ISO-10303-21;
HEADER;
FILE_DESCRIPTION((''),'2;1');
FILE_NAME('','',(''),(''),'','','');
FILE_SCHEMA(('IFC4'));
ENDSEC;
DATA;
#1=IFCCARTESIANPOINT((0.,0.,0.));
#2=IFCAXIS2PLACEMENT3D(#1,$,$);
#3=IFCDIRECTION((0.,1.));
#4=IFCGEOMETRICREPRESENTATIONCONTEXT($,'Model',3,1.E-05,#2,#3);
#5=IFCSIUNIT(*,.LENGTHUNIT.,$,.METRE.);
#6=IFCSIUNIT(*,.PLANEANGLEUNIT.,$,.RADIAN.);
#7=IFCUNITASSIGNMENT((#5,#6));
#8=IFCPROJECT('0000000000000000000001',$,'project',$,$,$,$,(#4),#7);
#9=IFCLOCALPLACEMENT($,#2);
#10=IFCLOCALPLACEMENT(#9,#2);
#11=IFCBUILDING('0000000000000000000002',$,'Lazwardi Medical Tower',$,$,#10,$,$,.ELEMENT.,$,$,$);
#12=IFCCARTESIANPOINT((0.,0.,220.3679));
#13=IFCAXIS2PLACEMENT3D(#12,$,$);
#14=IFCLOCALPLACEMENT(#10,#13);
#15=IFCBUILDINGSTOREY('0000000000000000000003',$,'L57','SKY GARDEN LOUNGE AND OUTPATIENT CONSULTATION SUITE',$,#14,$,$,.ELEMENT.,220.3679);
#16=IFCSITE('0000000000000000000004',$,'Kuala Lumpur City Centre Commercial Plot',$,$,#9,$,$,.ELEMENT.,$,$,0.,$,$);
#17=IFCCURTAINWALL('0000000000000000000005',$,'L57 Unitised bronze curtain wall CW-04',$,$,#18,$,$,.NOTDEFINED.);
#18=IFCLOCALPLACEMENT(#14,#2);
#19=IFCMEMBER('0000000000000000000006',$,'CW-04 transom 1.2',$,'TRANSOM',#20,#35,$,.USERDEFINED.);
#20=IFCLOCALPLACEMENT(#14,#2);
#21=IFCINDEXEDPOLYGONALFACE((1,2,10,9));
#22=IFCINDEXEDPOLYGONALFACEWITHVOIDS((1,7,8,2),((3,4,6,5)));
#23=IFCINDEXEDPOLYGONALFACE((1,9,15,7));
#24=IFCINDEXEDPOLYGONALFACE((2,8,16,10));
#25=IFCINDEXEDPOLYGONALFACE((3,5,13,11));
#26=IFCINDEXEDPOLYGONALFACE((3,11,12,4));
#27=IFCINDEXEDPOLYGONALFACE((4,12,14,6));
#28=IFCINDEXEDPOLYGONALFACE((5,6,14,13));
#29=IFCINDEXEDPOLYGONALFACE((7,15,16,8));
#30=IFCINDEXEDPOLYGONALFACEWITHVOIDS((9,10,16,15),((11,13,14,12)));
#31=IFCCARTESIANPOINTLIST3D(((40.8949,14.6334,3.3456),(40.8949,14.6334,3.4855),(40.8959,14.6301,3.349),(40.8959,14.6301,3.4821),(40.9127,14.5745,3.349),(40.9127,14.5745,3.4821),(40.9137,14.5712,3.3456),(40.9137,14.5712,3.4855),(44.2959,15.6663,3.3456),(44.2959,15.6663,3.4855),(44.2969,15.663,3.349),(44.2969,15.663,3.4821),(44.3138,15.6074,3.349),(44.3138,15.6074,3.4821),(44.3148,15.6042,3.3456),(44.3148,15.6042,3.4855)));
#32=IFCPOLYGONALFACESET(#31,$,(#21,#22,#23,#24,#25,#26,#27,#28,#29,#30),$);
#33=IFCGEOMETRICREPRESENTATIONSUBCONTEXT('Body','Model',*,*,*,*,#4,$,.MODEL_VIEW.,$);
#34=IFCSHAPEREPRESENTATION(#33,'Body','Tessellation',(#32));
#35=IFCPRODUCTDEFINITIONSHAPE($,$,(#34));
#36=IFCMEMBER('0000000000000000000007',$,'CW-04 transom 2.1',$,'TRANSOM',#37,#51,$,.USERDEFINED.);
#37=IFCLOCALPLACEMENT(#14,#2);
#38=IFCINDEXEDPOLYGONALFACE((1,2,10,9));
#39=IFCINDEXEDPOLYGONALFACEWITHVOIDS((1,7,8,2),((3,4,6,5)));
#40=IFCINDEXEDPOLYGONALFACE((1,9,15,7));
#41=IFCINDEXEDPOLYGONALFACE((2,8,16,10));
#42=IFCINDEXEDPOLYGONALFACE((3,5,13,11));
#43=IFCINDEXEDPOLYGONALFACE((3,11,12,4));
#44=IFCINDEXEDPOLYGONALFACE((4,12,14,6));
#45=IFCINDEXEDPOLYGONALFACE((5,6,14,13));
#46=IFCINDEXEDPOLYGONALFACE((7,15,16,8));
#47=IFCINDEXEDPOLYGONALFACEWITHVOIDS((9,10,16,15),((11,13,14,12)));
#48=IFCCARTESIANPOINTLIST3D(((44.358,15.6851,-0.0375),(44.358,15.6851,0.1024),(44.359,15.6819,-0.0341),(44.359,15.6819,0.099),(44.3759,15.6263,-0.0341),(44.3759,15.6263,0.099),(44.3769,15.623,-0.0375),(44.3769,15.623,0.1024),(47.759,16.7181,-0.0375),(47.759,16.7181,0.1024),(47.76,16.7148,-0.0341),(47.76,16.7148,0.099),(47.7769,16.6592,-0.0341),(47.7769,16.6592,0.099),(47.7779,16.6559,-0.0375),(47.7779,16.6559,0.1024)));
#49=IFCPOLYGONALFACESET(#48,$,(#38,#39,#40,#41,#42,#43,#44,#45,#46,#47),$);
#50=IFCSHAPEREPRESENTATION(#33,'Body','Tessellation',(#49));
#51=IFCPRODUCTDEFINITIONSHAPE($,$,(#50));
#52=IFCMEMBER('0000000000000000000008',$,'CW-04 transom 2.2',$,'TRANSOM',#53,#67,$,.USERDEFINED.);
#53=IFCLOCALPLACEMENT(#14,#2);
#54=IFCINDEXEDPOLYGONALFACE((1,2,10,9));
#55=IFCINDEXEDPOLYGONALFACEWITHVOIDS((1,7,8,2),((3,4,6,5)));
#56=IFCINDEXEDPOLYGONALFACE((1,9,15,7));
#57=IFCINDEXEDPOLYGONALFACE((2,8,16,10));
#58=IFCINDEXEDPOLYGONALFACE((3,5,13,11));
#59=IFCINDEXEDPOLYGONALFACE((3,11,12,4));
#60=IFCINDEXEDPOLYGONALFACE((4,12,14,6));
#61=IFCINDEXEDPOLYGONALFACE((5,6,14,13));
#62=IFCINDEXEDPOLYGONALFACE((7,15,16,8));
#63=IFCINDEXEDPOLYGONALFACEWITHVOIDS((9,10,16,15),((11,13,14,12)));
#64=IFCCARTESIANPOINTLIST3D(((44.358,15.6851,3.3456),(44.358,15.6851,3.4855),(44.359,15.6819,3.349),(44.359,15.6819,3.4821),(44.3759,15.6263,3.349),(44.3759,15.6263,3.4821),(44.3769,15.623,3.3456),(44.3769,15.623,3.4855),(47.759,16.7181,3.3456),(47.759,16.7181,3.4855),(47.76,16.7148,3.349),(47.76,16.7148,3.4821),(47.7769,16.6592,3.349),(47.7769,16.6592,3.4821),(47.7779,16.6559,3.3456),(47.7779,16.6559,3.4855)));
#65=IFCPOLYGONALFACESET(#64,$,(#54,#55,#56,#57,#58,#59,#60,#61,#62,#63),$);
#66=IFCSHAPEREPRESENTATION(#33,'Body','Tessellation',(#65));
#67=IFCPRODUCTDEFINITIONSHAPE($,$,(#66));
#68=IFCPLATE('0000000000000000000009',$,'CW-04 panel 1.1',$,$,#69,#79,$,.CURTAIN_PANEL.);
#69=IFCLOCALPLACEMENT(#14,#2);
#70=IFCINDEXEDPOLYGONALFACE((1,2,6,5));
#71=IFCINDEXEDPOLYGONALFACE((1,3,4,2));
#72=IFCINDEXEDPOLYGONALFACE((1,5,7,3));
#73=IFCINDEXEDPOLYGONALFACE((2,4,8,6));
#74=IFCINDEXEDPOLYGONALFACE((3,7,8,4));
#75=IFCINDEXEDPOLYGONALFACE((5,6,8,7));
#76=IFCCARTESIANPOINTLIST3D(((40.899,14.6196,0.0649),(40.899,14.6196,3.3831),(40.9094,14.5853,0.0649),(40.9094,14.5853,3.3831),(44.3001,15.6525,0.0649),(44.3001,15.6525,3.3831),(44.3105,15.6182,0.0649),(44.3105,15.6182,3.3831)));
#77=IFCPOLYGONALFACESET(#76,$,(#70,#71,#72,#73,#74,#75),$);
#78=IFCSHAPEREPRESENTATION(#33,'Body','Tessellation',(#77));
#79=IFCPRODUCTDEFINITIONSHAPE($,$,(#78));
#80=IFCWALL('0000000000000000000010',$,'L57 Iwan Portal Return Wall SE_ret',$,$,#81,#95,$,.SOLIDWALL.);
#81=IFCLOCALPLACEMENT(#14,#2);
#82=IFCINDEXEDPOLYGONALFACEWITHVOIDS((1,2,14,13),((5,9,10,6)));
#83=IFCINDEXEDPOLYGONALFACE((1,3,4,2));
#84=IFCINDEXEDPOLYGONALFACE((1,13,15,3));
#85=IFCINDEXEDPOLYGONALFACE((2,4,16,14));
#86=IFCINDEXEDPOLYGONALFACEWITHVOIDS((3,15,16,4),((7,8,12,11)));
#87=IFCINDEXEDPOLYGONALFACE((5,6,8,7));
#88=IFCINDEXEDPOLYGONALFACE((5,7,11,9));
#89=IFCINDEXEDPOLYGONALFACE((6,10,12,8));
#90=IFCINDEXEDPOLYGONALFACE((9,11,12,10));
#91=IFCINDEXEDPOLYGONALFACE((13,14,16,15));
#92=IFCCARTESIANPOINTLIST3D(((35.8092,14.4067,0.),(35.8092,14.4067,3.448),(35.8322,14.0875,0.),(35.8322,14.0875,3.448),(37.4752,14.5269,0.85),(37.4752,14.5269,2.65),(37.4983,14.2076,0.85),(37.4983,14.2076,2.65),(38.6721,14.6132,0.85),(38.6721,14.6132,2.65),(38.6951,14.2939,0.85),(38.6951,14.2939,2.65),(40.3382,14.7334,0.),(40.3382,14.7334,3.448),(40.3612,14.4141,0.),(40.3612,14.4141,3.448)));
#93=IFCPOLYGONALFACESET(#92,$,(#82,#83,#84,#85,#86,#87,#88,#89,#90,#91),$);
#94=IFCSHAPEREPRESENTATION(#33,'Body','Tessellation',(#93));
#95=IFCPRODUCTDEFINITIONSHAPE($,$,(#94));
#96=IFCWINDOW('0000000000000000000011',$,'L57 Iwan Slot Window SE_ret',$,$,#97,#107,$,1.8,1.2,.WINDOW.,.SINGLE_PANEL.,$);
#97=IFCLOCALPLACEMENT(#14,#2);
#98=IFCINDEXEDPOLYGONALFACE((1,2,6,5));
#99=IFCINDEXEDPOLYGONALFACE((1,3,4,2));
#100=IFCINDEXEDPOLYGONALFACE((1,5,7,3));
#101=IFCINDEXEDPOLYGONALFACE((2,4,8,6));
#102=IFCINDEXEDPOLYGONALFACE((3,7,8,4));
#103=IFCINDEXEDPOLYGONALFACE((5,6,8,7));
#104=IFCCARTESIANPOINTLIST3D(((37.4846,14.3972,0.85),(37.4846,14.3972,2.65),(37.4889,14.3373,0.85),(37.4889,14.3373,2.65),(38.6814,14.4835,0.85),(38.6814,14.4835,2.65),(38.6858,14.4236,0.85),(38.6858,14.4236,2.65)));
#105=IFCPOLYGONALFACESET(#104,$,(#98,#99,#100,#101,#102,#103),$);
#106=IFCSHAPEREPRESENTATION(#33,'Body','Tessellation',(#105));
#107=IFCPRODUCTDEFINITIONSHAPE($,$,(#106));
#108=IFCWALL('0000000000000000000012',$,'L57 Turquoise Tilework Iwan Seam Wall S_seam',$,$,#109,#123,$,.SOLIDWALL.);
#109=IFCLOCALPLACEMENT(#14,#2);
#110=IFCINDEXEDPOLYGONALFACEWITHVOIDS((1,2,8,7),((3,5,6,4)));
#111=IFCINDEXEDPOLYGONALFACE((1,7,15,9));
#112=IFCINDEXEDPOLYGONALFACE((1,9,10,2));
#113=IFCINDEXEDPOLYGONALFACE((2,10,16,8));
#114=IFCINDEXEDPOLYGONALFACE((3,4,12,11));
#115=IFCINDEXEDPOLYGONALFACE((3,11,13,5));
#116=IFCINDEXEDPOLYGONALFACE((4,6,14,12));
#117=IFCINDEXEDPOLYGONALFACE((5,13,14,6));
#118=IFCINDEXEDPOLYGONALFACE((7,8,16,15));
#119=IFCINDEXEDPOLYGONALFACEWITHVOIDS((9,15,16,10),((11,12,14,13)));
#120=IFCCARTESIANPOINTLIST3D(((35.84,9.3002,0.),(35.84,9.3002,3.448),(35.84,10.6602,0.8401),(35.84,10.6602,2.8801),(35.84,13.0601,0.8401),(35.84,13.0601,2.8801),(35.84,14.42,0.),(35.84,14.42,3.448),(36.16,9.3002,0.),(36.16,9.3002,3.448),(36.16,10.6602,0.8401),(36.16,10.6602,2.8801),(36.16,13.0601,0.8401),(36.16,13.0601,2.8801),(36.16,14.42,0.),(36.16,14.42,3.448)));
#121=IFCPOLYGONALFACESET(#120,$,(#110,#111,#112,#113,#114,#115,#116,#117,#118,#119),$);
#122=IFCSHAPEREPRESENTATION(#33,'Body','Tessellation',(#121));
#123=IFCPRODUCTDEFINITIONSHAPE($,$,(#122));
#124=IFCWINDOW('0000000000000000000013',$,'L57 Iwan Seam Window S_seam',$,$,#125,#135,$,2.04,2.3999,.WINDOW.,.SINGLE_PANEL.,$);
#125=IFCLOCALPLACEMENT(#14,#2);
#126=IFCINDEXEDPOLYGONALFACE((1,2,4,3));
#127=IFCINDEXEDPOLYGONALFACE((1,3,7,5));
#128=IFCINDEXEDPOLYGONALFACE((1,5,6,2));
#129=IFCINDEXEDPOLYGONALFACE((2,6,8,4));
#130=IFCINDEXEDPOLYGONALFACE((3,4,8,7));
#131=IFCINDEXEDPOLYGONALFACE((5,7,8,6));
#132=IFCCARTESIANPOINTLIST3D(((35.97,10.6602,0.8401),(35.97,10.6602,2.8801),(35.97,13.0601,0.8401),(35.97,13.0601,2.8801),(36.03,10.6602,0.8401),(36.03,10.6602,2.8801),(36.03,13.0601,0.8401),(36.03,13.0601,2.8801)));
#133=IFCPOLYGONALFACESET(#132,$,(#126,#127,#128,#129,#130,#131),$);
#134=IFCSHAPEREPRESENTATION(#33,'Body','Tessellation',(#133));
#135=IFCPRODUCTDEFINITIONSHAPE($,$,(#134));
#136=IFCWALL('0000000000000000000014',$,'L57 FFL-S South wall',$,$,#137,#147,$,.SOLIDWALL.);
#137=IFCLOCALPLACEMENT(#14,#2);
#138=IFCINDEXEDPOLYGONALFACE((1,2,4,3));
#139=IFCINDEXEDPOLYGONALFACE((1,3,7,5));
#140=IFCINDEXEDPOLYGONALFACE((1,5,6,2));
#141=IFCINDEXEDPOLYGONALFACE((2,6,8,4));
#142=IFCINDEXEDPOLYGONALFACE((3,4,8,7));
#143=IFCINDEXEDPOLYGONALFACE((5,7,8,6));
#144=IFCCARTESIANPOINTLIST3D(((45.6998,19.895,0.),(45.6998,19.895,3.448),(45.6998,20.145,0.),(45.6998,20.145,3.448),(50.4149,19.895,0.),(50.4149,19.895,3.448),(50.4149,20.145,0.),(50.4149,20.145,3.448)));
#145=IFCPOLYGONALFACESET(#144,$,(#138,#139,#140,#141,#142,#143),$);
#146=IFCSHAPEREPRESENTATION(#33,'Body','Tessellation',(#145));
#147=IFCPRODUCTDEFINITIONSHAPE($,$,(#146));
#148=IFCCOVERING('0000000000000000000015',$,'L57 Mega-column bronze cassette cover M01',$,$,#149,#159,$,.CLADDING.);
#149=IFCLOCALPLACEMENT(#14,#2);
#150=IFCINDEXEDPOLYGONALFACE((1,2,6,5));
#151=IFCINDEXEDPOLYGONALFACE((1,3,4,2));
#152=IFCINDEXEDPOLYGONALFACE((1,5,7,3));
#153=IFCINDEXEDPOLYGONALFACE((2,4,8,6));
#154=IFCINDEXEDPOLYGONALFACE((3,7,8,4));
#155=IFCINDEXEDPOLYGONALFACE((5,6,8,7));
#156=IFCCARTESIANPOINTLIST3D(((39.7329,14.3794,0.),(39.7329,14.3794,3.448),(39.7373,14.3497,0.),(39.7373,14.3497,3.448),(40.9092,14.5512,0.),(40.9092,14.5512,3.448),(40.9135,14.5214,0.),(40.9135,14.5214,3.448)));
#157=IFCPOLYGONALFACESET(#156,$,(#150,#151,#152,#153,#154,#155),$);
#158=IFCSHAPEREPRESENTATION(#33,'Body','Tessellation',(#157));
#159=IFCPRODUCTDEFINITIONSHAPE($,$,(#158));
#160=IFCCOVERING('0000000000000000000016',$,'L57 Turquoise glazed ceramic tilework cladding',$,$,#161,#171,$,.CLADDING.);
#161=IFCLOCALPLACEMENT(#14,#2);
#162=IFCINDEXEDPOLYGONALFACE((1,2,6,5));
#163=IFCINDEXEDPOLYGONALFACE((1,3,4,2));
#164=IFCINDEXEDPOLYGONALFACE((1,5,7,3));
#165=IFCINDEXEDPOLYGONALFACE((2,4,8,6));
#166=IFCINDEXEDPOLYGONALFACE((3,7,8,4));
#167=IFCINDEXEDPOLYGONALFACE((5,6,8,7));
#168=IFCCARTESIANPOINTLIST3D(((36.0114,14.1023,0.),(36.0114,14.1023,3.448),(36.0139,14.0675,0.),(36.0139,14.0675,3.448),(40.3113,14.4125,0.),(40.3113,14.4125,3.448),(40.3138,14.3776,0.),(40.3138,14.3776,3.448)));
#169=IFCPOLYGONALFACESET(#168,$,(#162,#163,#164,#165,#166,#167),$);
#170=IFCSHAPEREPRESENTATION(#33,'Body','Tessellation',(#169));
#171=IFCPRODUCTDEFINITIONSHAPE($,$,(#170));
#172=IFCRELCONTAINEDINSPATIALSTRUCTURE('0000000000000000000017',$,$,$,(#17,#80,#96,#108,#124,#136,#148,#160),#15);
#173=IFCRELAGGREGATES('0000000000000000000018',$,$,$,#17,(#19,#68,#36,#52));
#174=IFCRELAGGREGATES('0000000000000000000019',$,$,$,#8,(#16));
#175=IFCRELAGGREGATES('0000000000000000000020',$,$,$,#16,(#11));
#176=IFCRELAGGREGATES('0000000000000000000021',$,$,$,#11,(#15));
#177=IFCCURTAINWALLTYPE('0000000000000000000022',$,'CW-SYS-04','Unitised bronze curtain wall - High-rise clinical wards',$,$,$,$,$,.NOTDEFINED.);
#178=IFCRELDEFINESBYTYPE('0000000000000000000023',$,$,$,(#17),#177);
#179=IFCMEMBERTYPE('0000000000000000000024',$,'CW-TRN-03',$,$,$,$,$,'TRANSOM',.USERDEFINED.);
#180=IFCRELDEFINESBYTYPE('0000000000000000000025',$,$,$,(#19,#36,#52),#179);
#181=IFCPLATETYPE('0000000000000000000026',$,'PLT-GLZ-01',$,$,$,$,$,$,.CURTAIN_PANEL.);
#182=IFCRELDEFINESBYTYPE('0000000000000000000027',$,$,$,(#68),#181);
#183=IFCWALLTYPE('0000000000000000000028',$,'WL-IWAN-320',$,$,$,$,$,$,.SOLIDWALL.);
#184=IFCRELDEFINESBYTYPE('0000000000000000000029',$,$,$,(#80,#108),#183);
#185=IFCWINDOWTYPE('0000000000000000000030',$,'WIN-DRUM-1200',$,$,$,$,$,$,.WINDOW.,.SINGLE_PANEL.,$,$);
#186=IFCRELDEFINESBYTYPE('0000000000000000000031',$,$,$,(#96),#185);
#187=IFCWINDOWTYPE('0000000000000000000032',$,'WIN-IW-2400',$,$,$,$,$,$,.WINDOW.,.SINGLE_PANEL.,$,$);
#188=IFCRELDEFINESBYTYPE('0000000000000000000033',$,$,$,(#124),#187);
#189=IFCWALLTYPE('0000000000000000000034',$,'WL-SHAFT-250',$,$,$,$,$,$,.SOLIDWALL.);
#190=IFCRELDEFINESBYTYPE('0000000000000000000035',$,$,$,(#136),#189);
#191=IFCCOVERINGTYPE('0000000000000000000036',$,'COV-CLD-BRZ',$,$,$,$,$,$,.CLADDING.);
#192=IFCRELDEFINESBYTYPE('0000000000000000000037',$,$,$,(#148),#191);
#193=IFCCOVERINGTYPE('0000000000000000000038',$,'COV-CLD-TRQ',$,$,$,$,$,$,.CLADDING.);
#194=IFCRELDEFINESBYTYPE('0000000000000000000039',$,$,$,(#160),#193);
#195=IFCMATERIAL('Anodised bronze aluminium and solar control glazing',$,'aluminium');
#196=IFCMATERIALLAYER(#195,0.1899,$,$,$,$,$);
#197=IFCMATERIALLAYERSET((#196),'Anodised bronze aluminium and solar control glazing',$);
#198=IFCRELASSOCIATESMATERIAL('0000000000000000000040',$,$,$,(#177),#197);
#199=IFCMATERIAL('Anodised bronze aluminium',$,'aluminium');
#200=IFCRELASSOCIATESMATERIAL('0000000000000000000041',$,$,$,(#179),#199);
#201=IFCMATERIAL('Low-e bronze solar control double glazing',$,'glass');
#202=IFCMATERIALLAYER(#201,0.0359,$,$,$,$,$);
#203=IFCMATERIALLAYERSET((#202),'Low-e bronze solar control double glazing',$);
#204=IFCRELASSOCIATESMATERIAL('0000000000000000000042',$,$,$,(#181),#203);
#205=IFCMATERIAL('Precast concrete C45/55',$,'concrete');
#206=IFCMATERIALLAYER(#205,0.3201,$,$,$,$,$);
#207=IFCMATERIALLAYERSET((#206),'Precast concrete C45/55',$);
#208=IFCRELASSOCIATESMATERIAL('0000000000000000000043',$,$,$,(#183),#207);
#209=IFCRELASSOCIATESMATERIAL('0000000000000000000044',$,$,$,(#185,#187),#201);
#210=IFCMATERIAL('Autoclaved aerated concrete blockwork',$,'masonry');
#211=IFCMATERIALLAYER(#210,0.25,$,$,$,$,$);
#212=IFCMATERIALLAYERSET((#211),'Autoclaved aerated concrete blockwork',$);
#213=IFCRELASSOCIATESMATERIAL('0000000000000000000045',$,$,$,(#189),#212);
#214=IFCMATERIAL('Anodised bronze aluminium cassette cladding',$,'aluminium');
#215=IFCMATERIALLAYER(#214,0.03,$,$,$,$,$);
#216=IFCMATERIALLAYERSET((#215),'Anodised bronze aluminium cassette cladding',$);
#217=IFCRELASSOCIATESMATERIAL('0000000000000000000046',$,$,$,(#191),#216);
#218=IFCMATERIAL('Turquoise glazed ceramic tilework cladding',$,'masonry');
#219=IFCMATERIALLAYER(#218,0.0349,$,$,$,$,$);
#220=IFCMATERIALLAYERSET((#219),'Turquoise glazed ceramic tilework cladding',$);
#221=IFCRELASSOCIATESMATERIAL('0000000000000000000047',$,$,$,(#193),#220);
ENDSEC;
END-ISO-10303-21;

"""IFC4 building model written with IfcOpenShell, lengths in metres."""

from ifc_helpers import new_model, si_unit, direction, frame, frame_2d, origin, origin_2d, place, context, subcontext, project, spatial, rectangle, hollow_rectangle, extrude, material, layer, layer_set, material_profile, profile_set, type_object, element, fill, aggregate, save


model = new_model("IFC4")

# Units and contexts
model_context = context("Model", 3, precision=1e-05, world=origin(), true_north=direction((0.0, 1.0)))
body_context = subcontext(model_context, "Body", "Model", "MODEL_VIEW")
ifc_project = project(units=[si_unit("LENGTHUNIT", "METRE"), si_unit("PLANEANGLEUNIT", "RADIAN")], contexts=[model_context])

# Site, building, storey
site_placement = place(None, origin())
site = spatial("IfcSite", under=ifc_project, at=site_placement, Name="Kuala Lumpur City Centre Commercial Plot", CompositionType="ELEMENT", RefElevation=0.0)
building_placement = place(site_placement, origin())
building = spatial("IfcBuilding", under=site, at=building_placement, Name="Lazwardi Medical Tower", CompositionType="ELEMENT")
storey_placement = place(building_placement, frame((0.0, 0.0, 220.3679)))
storey = spatial("IfcBuildingStorey", under=building, at=storey_placement, Name="L57", Description="SKY GARDEN LOUNGE AND OUTPATIENT CONSULTATION SUITE", CompositionType="ELEMENT", Elevation=220.3679)

# Curtain wall, members, plate
ifc_material_1 = material(Name="Anodised bronze aluminium and solar control glazing", Category="aluminium")
ifc_layer_1 = layer(ifc_material_1, 0.1899)
ifc_layer_set_1 = layer_set([ifc_layer_1], Name="Anodised bronze aluminium and solar control glazing")
curtain_wall_type = type_object("IfcCurtainWallType", Name="CW-SYS-04", Description="Unitised bronze curtain wall - High-rise clinical wards", PredefinedType="NOTDEFINED", material=ifc_layer_set_1)
curtain_wall_placement = place(storey_placement, origin())
curtain_wall = element("IfcCurtainWall", 1, at=curtain_wall_placement, inside=storey, type_object=curtain_wall_type, Name="L57 Unitised bronze curtain wall CW-04", PredefinedType="NOTDEFINED")
ifc_material_2 = material(Name="Anodised bronze aluminium", Category="aluminium")
ifc_material_profile_1 = material_profile(ifc_material_2, hollow_rectangle(XDim=0.0649, YDim=0.1399, WallThickness=0.0034, at=origin_2d()), Name="ALU-TRANSOM 140x65x3.5")
ifc_profile_set_1 = profile_set([ifc_material_profile_1], Name="Anodised bronze aluminium")
member_type_1 = type_object("IfcMemberType", Name="CW-TRN-03", ElementType="TRANSOM", PredefinedType="USERDEFINED", material=ifc_profile_set_1)
member_1_placement = place(storey_placement, frame((40.9043, 14.6023, 3.4155), z_axis=(0.956843, 0.290604, 0.0), x_axis=(-0.290604, 0.956843, 0.0)))
member_1 = element("IfcMember", 2, at=member_1_placement, type_object=member_type_1, Name="CW-04 transom 1.2", ObjectType="TRANSOM", PredefinedType="USERDEFINED", context=body_context, shape_type="SweptSolid", body=[
    extrude(hollow_rectangle(XDim=0.0649, YDim=0.1399, WallThickness=0.0034, at=origin_2d()), origin(), (0.0, 0.0, 1.0), 3.5544),
])
member_2_placement = place(storey_placement, frame((44.3674, 15.6541, 0.0325), z_axis=(0.956843, 0.290604, 0.0), x_axis=(-0.290604, 0.956843, 0.0)))
member_2 = element("IfcMember", 3, at=member_2_placement, type_object=member_type_1, Name="CW-04 transom 2.1", ObjectType="TRANSOM", PredefinedType="USERDEFINED", context=body_context, shape_type="SweptSolid", body=[
    extrude(hollow_rectangle(XDim=0.0649, YDim=0.1399, WallThickness=0.0034, at=origin_2d()), origin(), (0.0, 0.0, 1.0), 3.5544),
])
member_3_placement = place(storey_placement, frame((44.3674, 15.6541, 3.4155), z_axis=(0.956843, 0.290604, 0.0), x_axis=(-0.290604, 0.956843, 0.0)))
member_3 = element("IfcMember", 4, at=member_3_placement, type_object=member_type_1, Name="CW-04 transom 2.2", ObjectType="TRANSOM", PredefinedType="USERDEFINED", context=body_context, shape_type="SweptSolid", body=[
    extrude(hollow_rectangle(XDim=0.0649, YDim=0.1399, WallThickness=0.0034, at=origin_2d()), origin(), (0.0, 0.0, 1.0), 3.5544),
])
ifc_material_3 = material(Name="Low-e bronze solar control double glazing", Category="glass")
ifc_layer_2 = layer(ifc_material_3, 0.0359)
ifc_layer_set_2 = layer_set([ifc_layer_2], Name="Low-e bronze solar control double glazing")
plate_type = type_object("IfcPlateType", Name="PLT-GLZ-01", PredefinedType="CURTAIN_PANEL", material=ifc_layer_set_2)
plate_placement = place(storey_placement, frame((42.6047, 15.1189, 0.0649), z_axis=(0.0, 0.0, 1.0), x_axis=(0.95685, 0.290582, 0.0)))
plate = element("IfcPlate", 5, at=plate_placement, type_object=plate_type, Name="CW-04 panel 1.1", PredefinedType="CURTAIN_PANEL", context=body_context, shape_type="SweptSolid", body=[
    extrude(rectangle(XDim=3.5544, YDim=0.0359, at=origin_2d()), origin(), (0.0, 0.0, 1.0), 3.3181),
])
aggregate(curtain_wall, [member_1, plate, member_2, member_3])

# Walls, openings, windows
ifc_material_4 = material(Name="Precast concrete C45/55", Category="concrete")
ifc_layer_3 = layer(ifc_material_4, 0.3201)
ifc_layer_set_3 = layer_set([ifc_layer_3], Name="Precast concrete C45/55")
wall_type_1 = type_object("IfcWallType", Name="WL-IWAN-320", PredefinedType="SOLIDWALL", material=ifc_layer_set_3)
wall_1_placement = place(storey_placement, frame((35.8206, 14.2471, 0.0), z_axis=(0.0, 0.0, 1.0), x_axis=(0.997409, 0.071939, 0.0)))
wall_1 = element("IfcWall", 6, at=wall_1_placement, inside=storey, type_object=wall_type_1, Name="L57 Iwan Portal Return Wall SE_ret", PredefinedType="SOLIDWALL", context=body_context, shape_type="SweptSolid", body=[
    extrude(rectangle(XDim=4.5408, YDim=0.3201, at=frame_2d((2.2705, 0.0))), origin(), (0.0, 0.0, 1.0), 3.448),
])
opening_1_placement = place(wall_1_placement, frame((1.6704, 0.0, 0.8501)))
opening_1 = element("IfcOpeningElement", 7, at=opening_1_placement, cuts=wall_1, PredefinedType="OPENING", context=body_context, shape_type="SweptSolid", body=[
    extrude(rectangle(XDim=1.2, YDim=1.8, at=frame_2d((0.6001, 0.8999))), frame((0.0, 0.1699, 0.0), z_axis=(0.0, -1.0, 0.0), x_axis=(1.0, 0.0, 0.0)), (0.0, 0.0, 1.0), 0.3401),
])
window_type_1 = type_object("IfcWindowType", Name="WIN-DRUM-1200", PartitioningType="SINGLE_PANEL", PredefinedType="WINDOW", material=ifc_material_3)
window_1_placement = place(opening_1_placement, origin())
window_1 = element("IfcWindow", 8, at=window_1_placement, inside=storey, type_object=window_type_1, Name="L57 Iwan Slot Window SE_ret", OverallHeight=1.8, OverallWidth=1.2, PartitioningType="SINGLE_PANEL", PredefinedType="WINDOW", context=body_context, shape_type="SweptSolid", body=[
    extrude(rectangle(XDim=1.2, YDim=1.8, at=frame_2d((0.6001, 0.8999))), frame((0.0, 0.03, 0.0), z_axis=(0.0, -1.0, 0.0), x_axis=(1.0, 0.0, 0.0)), (0.0, 0.0, 1.0), 0.0601),
])
fill(opening_1, window_1)
wall_2_placement = place(storey_placement, frame((36.0, 9.3, 0.0), z_axis=(0.0, 0.0, 1.0), x_axis=(0.0, 1.0, 0.0)))
wall_2 = element("IfcWall", 9, at=wall_2_placement, inside=storey, type_object=wall_type_1, Name="L57 Turquoise Tilework Iwan Seam Wall S_seam", PredefinedType="SOLIDWALL", context=body_context, shape_type="SweptSolid", body=[
    extrude(rectangle(XDim=5.1199, YDim=0.3201, at=frame_2d((2.5601, 0.0))), origin(), (0.0, 0.0, 1.0), 3.448),
])
opening_2_placement = place(wall_2_placement, frame((1.3601, 0.0, 0.8401)))
opening_2 = element("IfcOpeningElement", 10, at=opening_2_placement, cuts=wall_2, PredefinedType="OPENING", context=body_context, shape_type="SweptSolid", body=[
    extrude(rectangle(XDim=2.3999, YDim=2.04, at=frame_2d((1.2, 1.02))), frame((0.0, 0.1699, 0.0), z_axis=(0.0, -1.0, 0.0), x_axis=(1.0, 0.0, 0.0)), (0.0, 0.0, 1.0), 0.3401),
])
window_type_2 = type_object("IfcWindowType", Name="WIN-IW-2400", PartitioningType="SINGLE_PANEL", PredefinedType="WINDOW", material=ifc_material_3)
window_2_placement = place(opening_2_placement, origin())
window_2 = element("IfcWindow", 11, at=window_2_placement, inside=storey, type_object=window_type_2, Name="L57 Iwan Seam Window S_seam", OverallHeight=2.04, OverallWidth=2.3999, PartitioningType="SINGLE_PANEL", PredefinedType="WINDOW", context=body_context, shape_type="SweptSolid", body=[
    extrude(rectangle(XDim=2.3999, YDim=2.04, at=frame_2d((1.2, 1.02))), frame((0.0, 0.03, 0.0), z_axis=(0.0, -1.0, 0.0), x_axis=(1.0, 0.0, 0.0)), (0.0, 0.0, 1.0), 0.0601),
])
fill(opening_2, window_2)

# Wall
ifc_material_5 = material(Name="Autoclaved aerated concrete blockwork", Category="masonry")
ifc_layer_4 = layer(ifc_material_5, 0.25)
ifc_layer_set_4 = layer_set([ifc_layer_4], Name="Autoclaved aerated concrete blockwork")
wall_type_2 = type_object("IfcWallType", Name="WL-SHAFT-250", PredefinedType="SOLIDWALL", material=ifc_layer_set_4)
wall_3_placement = place(storey_placement, frame((45.7, 20.02, 0.0), z_axis=(0.0, 0.0, 1.0), x_axis=(1.0, 0.0, 0.0)))
element("IfcWall", 12, at=wall_3_placement, inside=storey, type_object=wall_type_2, Name="L57 FFL-S South wall", PredefinedType="SOLIDWALL", context=body_context, shape_type="SweptSolid", body=[
    extrude(rectangle(XDim=4.7151, YDim=0.25, at=frame_2d((2.3574, 0.0))), origin(), (0.0, 0.0, 1.0), 3.448),
])

# Coverings
ifc_material_6 = material(Name="Anodised bronze aluminium cassette cladding", Category="aluminium")
ifc_layer_5 = layer(ifc_material_6, 0.03)
ifc_layer_set_5 = layer_set([ifc_layer_5], Name="Anodised bronze aluminium cassette cladding")
covering_type_1 = type_object("IfcCoveringType", Name="COV-CLD-BRZ", PredefinedType="CLADDING", material=ifc_layer_set_5)
covering_1_placement = place(storey_placement, frame((40.3232, 14.4504, 0.0), z_axis=(0.0, 0.0, 1.0), x_axis=(0.989512, 0.144448, 0.0)))
element("IfcCovering", 13, at=covering_1_placement, inside=storey, type_object=covering_type_1, Name="L57 Mega-column bronze cassette cover M01", PredefinedType="CLADDING", context=body_context, shape_type="SweptSolid", body=[
    extrude(rectangle(XDim=1.1887, YDim=0.03, at=origin_2d()), origin(), (0.0, 0.0, 1.0), 3.448),
])
ifc_material_7 = material(Name="Turquoise glazed ceramic tilework cladding", Category="masonry")
ifc_layer_6 = layer(ifc_material_7, 0.0349)
ifc_layer_set_6 = layer_set([ifc_layer_6], Name="Turquoise glazed ceramic tilework cladding")
covering_type_2 = type_object("IfcCoveringType", Name="COV-CLD-TRQ", PredefinedType="CLADDING", material=ifc_layer_set_6)
covering_2_placement = place(storey_placement, frame((38.1626, 14.24, 0.0), z_axis=(0.0, 0.0, 1.0), x_axis=(0.997409, 0.071933, 0.0)))
element("IfcCovering", 14, at=covering_2_placement, inside=storey, type_object=covering_type_2, Name="L57 Turquoise glazed ceramic tilework cladding", PredefinedType="CLADDING", context=body_context, shape_type="SweptSolid", body=[
    extrude(rectangle(XDim=4.311, YDim=0.0349, at=origin_2d()), origin(), (0.0, 0.0, 1.0), 3.448),
])

save(model, "model.ifc")
